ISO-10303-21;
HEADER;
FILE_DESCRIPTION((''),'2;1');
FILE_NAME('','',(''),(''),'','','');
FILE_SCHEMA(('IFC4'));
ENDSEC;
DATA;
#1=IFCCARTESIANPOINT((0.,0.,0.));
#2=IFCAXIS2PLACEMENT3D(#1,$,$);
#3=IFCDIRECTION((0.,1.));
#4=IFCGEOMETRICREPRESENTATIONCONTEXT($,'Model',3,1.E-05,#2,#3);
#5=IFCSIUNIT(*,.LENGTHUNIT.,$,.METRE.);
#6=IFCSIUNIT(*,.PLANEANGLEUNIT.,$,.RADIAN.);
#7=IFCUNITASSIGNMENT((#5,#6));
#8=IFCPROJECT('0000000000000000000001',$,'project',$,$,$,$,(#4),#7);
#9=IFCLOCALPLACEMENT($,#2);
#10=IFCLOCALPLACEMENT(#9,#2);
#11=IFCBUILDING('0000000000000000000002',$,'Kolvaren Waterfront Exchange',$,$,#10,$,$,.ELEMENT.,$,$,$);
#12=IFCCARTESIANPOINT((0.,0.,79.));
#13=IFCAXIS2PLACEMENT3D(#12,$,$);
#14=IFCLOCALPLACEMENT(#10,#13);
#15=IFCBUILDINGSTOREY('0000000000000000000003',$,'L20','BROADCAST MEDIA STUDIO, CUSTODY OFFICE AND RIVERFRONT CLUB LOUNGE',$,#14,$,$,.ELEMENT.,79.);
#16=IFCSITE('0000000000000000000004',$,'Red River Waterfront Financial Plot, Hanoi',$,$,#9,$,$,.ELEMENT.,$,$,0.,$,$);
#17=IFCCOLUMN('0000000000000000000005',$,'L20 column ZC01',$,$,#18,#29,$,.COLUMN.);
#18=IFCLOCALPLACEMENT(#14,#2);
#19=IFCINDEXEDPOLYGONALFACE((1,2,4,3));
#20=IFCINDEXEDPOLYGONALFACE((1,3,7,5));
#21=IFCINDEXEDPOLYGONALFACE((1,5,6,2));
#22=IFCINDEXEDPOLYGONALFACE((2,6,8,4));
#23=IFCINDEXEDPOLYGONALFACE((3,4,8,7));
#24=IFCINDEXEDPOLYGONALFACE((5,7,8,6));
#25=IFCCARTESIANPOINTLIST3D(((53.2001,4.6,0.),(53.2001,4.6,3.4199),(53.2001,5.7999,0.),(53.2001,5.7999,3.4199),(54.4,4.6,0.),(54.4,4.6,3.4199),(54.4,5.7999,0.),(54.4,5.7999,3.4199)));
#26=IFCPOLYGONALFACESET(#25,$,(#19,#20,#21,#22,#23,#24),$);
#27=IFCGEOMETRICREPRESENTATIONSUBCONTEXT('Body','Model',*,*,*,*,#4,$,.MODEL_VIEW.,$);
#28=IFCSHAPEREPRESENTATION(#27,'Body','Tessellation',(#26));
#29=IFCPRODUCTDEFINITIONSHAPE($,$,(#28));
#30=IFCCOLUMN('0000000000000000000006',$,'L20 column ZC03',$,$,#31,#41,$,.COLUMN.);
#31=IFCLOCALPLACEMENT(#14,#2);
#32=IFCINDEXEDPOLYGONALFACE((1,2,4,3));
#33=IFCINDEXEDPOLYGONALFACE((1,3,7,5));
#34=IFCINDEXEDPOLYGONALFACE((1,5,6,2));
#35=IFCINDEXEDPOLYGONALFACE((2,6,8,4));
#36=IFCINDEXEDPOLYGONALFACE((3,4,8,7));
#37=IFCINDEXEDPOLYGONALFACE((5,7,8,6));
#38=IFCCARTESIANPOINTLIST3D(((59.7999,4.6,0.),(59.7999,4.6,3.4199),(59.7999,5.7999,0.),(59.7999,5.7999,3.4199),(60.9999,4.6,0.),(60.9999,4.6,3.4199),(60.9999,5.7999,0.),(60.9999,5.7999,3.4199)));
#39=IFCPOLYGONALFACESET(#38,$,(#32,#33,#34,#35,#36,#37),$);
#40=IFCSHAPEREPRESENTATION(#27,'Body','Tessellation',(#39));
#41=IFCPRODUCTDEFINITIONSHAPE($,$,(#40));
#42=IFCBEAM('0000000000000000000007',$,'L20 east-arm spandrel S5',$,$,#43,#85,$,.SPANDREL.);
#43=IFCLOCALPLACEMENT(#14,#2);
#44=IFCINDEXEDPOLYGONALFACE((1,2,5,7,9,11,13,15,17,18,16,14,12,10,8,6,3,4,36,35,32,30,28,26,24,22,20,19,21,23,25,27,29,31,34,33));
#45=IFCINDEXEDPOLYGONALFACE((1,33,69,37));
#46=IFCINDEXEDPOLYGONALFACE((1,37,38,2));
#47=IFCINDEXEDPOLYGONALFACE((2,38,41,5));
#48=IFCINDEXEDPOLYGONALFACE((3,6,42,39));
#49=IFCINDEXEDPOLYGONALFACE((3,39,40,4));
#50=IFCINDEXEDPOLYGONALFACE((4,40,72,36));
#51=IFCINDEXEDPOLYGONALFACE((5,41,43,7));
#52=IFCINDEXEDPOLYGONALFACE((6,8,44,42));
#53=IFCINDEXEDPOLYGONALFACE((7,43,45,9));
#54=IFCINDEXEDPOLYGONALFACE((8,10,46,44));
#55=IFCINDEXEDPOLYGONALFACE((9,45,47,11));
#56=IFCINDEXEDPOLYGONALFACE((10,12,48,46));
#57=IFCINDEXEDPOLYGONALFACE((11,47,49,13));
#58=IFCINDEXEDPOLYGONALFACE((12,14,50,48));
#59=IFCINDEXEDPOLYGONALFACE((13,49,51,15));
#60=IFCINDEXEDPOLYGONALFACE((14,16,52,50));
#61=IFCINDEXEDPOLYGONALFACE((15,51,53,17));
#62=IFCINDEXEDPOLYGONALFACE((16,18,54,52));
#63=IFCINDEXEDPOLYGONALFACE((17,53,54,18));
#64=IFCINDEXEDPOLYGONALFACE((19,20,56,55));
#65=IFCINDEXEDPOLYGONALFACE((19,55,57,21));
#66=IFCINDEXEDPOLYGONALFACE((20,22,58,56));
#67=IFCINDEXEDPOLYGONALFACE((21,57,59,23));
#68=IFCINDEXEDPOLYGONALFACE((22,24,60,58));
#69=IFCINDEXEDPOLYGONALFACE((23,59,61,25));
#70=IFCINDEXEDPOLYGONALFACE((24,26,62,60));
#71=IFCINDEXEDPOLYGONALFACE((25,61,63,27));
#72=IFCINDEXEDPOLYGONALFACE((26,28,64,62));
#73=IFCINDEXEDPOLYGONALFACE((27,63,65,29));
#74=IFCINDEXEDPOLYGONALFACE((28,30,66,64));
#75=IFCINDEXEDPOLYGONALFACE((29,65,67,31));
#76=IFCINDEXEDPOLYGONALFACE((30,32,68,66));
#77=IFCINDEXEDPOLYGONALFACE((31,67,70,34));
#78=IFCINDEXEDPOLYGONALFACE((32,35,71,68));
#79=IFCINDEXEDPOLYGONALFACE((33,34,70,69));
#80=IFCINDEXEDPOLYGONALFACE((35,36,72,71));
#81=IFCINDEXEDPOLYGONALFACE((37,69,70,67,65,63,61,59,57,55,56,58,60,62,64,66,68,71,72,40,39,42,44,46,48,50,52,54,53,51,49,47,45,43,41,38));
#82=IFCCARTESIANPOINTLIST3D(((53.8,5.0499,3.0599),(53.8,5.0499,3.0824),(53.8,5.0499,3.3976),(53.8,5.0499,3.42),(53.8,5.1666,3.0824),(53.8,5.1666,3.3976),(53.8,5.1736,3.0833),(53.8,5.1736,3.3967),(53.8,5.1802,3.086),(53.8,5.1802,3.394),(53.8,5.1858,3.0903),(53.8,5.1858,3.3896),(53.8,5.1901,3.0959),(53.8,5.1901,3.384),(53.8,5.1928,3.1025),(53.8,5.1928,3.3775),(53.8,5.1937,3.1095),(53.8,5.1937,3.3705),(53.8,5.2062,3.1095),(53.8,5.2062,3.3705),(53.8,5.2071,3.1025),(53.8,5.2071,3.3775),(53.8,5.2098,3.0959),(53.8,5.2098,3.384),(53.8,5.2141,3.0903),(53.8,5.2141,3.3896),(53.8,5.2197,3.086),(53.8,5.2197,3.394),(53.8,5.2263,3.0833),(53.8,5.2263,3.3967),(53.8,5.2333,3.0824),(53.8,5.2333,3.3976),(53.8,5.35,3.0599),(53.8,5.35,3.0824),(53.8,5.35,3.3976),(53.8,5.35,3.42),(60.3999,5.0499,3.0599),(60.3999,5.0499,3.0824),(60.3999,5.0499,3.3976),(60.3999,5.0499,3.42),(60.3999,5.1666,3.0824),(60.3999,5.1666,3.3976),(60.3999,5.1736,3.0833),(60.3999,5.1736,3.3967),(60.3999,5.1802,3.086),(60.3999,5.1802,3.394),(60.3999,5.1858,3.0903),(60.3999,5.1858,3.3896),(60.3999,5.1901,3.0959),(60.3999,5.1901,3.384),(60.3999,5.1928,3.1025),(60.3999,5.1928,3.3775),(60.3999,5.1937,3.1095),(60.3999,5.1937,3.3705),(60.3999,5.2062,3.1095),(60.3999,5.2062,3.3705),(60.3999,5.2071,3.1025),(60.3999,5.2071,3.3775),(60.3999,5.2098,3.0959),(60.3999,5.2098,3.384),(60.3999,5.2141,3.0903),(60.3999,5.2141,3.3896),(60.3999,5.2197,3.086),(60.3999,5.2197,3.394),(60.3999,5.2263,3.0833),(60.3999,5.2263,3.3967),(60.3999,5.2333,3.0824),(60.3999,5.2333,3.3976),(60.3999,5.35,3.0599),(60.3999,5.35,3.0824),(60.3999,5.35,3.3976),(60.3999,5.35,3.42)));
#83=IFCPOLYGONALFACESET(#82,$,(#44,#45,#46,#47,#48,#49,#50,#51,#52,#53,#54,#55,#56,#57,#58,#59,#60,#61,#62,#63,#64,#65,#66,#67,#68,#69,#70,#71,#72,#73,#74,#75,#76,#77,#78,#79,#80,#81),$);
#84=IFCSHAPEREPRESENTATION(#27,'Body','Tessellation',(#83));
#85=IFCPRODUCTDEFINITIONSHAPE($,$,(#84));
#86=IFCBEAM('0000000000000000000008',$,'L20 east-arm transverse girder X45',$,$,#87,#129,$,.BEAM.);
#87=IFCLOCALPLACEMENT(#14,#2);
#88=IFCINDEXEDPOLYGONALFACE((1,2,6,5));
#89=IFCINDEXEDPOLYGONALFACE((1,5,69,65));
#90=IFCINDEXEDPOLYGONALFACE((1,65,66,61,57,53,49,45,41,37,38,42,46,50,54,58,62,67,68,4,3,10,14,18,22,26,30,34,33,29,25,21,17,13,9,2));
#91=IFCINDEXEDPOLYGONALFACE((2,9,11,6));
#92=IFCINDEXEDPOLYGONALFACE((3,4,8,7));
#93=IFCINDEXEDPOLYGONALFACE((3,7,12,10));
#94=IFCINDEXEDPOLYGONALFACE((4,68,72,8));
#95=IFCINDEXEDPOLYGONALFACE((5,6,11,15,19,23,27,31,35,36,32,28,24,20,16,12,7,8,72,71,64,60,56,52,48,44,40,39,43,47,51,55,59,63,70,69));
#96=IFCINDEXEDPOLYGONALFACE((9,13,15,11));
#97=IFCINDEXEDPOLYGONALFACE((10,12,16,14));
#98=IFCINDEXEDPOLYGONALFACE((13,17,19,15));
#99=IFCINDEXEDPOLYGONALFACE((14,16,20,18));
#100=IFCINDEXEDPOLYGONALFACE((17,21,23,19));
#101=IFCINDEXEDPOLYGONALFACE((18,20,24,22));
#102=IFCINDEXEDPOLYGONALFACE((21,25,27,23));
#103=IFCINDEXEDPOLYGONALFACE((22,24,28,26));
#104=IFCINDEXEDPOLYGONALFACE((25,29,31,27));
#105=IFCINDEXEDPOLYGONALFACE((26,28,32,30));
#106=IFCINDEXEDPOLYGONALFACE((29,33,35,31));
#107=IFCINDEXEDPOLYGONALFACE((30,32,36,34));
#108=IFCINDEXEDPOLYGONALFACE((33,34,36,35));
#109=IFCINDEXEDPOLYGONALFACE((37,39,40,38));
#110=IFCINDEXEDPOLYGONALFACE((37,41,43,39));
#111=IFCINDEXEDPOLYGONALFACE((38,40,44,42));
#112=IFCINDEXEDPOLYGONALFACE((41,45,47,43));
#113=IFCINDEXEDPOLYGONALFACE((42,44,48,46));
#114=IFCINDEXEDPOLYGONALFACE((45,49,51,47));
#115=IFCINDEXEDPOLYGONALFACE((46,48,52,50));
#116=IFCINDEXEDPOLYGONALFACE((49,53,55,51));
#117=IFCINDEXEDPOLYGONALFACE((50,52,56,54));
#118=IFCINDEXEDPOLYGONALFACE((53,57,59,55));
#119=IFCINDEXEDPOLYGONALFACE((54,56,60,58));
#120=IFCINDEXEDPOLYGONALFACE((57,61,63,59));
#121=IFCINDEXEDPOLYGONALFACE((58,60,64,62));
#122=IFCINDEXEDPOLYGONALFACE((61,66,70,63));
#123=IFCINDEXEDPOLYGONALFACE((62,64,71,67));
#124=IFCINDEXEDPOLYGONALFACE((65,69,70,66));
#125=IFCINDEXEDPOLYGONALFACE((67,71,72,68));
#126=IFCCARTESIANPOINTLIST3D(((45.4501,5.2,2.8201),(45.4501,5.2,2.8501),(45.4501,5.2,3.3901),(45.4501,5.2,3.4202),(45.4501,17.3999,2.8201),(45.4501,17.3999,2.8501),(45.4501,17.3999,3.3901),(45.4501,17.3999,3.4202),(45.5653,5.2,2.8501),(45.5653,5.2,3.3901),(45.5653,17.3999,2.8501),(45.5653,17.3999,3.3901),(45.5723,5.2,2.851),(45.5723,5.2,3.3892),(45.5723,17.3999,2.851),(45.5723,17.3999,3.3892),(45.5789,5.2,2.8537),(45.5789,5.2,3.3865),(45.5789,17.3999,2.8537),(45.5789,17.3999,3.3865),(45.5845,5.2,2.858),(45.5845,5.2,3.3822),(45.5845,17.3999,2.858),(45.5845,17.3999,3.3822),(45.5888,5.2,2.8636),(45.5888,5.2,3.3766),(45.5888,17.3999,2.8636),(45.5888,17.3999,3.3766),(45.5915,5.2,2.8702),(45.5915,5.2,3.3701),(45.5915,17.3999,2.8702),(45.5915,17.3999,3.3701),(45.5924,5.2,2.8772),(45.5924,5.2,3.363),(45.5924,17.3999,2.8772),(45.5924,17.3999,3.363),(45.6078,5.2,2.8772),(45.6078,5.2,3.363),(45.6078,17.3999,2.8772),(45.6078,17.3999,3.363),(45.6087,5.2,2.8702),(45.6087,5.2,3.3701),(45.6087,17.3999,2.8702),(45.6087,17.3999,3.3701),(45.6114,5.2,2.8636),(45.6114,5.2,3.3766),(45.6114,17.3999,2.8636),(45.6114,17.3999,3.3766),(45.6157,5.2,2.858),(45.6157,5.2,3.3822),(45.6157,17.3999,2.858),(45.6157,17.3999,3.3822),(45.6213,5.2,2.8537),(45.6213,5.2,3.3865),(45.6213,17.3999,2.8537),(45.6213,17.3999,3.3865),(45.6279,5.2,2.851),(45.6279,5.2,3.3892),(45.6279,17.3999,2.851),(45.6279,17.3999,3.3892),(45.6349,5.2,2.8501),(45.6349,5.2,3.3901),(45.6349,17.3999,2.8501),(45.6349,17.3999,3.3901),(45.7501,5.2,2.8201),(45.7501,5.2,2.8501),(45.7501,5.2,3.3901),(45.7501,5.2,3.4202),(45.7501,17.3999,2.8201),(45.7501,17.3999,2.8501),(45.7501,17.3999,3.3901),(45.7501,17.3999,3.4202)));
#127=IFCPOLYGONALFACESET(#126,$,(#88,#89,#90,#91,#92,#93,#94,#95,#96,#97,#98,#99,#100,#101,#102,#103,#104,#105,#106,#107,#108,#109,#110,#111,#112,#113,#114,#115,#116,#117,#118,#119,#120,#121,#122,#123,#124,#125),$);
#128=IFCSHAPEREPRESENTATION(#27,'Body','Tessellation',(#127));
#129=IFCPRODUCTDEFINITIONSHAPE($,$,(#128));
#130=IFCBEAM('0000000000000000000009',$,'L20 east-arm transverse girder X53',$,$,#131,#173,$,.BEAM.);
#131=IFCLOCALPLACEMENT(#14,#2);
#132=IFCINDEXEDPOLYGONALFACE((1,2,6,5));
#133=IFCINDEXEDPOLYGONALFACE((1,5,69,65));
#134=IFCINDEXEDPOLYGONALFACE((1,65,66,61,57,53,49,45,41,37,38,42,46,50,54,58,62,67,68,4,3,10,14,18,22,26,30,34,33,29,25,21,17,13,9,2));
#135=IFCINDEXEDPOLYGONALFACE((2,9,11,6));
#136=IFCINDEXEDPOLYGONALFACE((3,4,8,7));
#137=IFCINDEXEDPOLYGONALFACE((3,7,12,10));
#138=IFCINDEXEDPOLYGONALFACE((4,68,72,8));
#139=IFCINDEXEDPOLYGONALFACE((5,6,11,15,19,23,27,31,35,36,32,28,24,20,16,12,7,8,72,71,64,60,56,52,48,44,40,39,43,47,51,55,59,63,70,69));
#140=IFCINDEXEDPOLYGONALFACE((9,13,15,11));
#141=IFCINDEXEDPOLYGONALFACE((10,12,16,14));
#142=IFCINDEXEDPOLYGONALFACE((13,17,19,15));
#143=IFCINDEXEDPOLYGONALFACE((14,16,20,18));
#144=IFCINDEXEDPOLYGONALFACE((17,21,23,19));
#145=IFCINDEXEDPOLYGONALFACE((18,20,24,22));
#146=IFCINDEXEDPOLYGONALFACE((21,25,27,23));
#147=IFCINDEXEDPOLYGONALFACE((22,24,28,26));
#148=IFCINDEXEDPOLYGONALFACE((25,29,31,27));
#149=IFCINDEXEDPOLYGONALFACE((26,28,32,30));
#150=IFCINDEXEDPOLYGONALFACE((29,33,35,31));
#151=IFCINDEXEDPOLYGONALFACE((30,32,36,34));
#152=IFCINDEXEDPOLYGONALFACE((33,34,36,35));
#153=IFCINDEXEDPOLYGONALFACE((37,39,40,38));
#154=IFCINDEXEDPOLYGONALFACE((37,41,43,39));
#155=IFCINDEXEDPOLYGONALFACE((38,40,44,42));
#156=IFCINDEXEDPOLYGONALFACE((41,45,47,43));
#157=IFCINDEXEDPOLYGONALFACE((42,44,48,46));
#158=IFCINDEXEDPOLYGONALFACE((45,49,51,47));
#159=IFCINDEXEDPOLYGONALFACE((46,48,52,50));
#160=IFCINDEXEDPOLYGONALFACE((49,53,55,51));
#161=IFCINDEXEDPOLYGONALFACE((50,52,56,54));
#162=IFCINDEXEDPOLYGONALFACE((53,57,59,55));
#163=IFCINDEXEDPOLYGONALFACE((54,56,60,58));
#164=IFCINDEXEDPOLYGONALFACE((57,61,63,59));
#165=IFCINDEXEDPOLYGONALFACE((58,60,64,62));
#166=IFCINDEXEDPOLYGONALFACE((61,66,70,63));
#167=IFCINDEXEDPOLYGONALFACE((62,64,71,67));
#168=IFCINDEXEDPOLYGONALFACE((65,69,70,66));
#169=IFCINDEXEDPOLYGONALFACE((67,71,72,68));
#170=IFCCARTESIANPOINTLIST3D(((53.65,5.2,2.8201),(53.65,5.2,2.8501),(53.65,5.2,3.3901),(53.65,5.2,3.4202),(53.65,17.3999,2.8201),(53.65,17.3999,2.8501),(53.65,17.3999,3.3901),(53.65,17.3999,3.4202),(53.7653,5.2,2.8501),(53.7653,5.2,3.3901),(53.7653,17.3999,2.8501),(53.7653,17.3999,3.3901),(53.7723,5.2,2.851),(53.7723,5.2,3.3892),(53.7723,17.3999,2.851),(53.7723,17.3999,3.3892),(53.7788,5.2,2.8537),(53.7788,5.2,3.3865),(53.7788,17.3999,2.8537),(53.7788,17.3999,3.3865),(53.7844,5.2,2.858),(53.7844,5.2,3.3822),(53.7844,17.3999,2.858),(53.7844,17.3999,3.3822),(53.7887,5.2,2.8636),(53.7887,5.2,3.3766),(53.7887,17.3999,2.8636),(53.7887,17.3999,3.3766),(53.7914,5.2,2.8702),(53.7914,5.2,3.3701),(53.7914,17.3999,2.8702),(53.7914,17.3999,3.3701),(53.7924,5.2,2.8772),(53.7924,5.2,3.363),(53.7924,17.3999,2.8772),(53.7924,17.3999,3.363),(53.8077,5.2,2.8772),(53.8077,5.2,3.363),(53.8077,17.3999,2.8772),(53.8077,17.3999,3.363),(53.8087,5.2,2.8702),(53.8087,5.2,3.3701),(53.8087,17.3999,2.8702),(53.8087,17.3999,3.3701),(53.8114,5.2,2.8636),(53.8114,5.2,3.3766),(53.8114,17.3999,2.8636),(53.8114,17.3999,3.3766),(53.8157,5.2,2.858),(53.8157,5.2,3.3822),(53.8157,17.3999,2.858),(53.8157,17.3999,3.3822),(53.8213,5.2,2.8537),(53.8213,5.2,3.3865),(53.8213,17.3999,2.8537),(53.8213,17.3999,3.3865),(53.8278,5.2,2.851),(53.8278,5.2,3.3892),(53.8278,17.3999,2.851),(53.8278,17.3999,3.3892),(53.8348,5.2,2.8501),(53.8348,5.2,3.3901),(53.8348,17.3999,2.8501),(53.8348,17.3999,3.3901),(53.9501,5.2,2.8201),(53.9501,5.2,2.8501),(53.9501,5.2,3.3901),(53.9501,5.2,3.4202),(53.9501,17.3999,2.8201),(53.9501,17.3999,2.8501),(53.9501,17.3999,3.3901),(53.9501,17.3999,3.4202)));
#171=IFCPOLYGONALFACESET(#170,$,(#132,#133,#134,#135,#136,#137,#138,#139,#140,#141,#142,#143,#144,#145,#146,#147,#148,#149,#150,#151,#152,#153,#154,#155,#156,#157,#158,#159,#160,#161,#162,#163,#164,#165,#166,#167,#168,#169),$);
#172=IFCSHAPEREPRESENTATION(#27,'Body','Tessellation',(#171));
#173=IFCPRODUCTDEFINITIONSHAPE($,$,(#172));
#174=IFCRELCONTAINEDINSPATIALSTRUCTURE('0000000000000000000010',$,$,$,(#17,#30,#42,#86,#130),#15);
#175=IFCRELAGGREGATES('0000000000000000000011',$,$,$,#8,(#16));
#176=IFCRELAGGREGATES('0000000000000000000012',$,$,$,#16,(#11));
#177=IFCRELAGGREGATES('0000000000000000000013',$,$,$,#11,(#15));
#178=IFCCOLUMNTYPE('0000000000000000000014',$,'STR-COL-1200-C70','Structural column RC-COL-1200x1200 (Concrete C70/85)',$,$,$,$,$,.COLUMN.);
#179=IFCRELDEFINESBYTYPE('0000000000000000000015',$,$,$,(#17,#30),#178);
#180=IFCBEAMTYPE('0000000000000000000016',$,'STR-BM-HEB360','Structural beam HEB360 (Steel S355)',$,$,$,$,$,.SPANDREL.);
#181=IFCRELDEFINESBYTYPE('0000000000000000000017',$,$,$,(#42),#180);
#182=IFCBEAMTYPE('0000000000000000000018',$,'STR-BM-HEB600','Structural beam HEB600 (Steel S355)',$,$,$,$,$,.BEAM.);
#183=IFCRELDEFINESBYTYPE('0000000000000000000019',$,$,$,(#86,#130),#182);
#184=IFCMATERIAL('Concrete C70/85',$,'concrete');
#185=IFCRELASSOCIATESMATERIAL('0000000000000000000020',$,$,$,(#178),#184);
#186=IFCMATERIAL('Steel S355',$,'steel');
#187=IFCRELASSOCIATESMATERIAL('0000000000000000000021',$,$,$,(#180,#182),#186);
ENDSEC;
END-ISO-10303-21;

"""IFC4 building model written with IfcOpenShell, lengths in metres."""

from ifc_helpers import new_model, si_unit, direction, frame, origin, origin_2d, place, context, subcontext, project, spatial, rectangle, i_section, extrude, material, material_profile, profile_set, type_object, element, save


model = new_model("IFC4")

# Units and contexts
model_context = context("Model", 3, precision=1e-05, world=origin(), true_north=direction((0.0, 1.0)))
body_context = subcontext(model_context, "Body", "Model", "MODEL_VIEW")
ifc_project = project(units=[si_unit("LENGTHUNIT", "METRE"), si_unit("PLANEANGLEUNIT", "RADIAN")], contexts=[model_context])

# Site, building, storey
site_placement = place(None, origin())
site = spatial("IfcSite", under=ifc_project, at=site_placement, Name="Red River Waterfront Financial Plot, Hanoi", CompositionType="ELEMENT", RefElevation=0.0)
building_placement = place(site_placement, origin())
building = spatial("IfcBuilding", under=site, at=building_placement, Name="Kolvaren Waterfront Exchange", CompositionType="ELEMENT")
storey_placement = place(building_placement, frame((0.0, 0.0, 79.0)))
storey = spatial("IfcBuildingStorey", under=building, at=storey_placement, Name="L20", Description="BROADCAST MEDIA STUDIO, CUSTODY OFFICE AND RIVERFRONT CLUB LOUNGE", CompositionType="ELEMENT", Elevation=79.0)

# Columns
ifc_material_1 = material(Name="Concrete C70/85", Category="concrete")
ifc_material_profile_1 = material_profile(ifc_material_1, rectangle(XDim=1.2, YDim=1.2, at=origin_2d()), Name="RC-COL-1200x1200")
ifc_profile_set_1 = profile_set([ifc_material_profile_1], Name="Concrete C70/85")
column_type = type_object("IfcColumnType", Name="STR-COL-1200-C70", Description="Structural column RC-COL-1200x1200 (Concrete C70/85)", PredefinedType="COLUMN", material=ifc_profile_set_1)
for number, where, z_axis, x_axis, name in (
    (1, (53.8, 5.2, 0.0), (0.0, 0.0, 1.0), (1.0, 0.0, 0.0), "L20 column ZC01"),
    (2, (60.3999, 5.2, 0.0), (0.0, 0.0, 1.0), (1.0, 0.0, 0.0), "L20 column ZC03"),
):
    element("IfcColumn", number, at=place(storey_placement, frame(where, z_axis=z_axis, x_axis=x_axis)), inside=storey, type_object=column_type, Name=name, PredefinedType="COLUMN", context=body_context, shape_type="SweptSolid", body=[
        extrude(rectangle(XDim=1.2, YDim=1.2, at=origin_2d()), origin(), (0.0, 0.0, 1.0), 3.4199),
    ])

# Beams
ifc_material_2 = material(Name="Steel S355", Category="steel")
ifc_material_profile_2 = material_profile(ifc_material_2, i_section(OverallWidth=0.3, OverallDepth=0.3601, WebThickness=0.0125, FlangeThickness=0.0225, FilletRadius=0.0271, at=origin_2d()), Name="HEB360")
ifc_profile_set_2 = profile_set([ifc_material_profile_2], Name="Steel S355")
beam_type_1 = type_object("IfcBeamType", Name="STR-BM-HEB360", Description="Structural beam HEB360 (Steel S355)", PredefinedType="SPANDREL", material=ifc_profile_set_2)
beam_1_placement = place(storey_placement, frame((53.8, 5.2, 3.24), z_axis=(1.0, 0.0, 0.0), x_axis=(0.0, 1.0, 0.0)))
element("IfcBeam", 3, at=beam_1_placement, inside=storey, type_object=beam_type_1, Name="L20 east-arm spandrel S5", PredefinedType="SPANDREL", context=body_context, shape_type="SweptSolid", body=[
    extrude(i_section(OverallWidth=0.3, OverallDepth=0.3601, WebThickness=0.0125, FlangeThickness=0.0225, FilletRadius=0.0271, at=origin_2d()), origin(), (0.0, 0.0, 1.0), 6.5999),
])
ifc_material_profile_3 = material_profile(ifc_material_2, i_section(OverallWidth=0.3, OverallDepth=0.6001, WebThickness=0.0154, FlangeThickness=0.03, FilletRadius=0.0271, at=origin_2d()), Name="HEB600")
ifc_profile_set_3 = profile_set([ifc_material_profile_3], Name="Steel S355")
beam_type_2 = type_object("IfcBeamType", Name="STR-BM-HEB600", Description="Structural beam HEB600 (Steel S355)", PredefinedType="BEAM", material=ifc_profile_set_3)
for number, where, z_axis, x_axis, name in (
    (4, (45.6001, 5.2, 3.1201), (0.0, 1.0, 0.0), (-1.0, 0.0, 0.0), "L20 east-arm transverse girder X45"),
    (5, (53.8, 5.2, 3.1201), (0.0, 1.0, 0.0), (-1.0, 0.0, 0.0), "L20 east-arm transverse girder X53"),
):
    element("IfcBeam", number, at=place(storey_placement, frame(where, z_axis=z_axis, x_axis=x_axis)), inside=storey, type_object=beam_type_2, Name=name, PredefinedType="BEAM", context=body_context, shape_type="SweptSolid", body=[
        extrude(i_section(OverallWidth=0.3, OverallDepth=0.6001, WebThickness=0.0154, FlangeThickness=0.03, FilletRadius=0.0271, at=origin_2d()), origin(), (0.0, 0.0, 1.0), 12.2),
    ])

save(model, "model.ifc")
